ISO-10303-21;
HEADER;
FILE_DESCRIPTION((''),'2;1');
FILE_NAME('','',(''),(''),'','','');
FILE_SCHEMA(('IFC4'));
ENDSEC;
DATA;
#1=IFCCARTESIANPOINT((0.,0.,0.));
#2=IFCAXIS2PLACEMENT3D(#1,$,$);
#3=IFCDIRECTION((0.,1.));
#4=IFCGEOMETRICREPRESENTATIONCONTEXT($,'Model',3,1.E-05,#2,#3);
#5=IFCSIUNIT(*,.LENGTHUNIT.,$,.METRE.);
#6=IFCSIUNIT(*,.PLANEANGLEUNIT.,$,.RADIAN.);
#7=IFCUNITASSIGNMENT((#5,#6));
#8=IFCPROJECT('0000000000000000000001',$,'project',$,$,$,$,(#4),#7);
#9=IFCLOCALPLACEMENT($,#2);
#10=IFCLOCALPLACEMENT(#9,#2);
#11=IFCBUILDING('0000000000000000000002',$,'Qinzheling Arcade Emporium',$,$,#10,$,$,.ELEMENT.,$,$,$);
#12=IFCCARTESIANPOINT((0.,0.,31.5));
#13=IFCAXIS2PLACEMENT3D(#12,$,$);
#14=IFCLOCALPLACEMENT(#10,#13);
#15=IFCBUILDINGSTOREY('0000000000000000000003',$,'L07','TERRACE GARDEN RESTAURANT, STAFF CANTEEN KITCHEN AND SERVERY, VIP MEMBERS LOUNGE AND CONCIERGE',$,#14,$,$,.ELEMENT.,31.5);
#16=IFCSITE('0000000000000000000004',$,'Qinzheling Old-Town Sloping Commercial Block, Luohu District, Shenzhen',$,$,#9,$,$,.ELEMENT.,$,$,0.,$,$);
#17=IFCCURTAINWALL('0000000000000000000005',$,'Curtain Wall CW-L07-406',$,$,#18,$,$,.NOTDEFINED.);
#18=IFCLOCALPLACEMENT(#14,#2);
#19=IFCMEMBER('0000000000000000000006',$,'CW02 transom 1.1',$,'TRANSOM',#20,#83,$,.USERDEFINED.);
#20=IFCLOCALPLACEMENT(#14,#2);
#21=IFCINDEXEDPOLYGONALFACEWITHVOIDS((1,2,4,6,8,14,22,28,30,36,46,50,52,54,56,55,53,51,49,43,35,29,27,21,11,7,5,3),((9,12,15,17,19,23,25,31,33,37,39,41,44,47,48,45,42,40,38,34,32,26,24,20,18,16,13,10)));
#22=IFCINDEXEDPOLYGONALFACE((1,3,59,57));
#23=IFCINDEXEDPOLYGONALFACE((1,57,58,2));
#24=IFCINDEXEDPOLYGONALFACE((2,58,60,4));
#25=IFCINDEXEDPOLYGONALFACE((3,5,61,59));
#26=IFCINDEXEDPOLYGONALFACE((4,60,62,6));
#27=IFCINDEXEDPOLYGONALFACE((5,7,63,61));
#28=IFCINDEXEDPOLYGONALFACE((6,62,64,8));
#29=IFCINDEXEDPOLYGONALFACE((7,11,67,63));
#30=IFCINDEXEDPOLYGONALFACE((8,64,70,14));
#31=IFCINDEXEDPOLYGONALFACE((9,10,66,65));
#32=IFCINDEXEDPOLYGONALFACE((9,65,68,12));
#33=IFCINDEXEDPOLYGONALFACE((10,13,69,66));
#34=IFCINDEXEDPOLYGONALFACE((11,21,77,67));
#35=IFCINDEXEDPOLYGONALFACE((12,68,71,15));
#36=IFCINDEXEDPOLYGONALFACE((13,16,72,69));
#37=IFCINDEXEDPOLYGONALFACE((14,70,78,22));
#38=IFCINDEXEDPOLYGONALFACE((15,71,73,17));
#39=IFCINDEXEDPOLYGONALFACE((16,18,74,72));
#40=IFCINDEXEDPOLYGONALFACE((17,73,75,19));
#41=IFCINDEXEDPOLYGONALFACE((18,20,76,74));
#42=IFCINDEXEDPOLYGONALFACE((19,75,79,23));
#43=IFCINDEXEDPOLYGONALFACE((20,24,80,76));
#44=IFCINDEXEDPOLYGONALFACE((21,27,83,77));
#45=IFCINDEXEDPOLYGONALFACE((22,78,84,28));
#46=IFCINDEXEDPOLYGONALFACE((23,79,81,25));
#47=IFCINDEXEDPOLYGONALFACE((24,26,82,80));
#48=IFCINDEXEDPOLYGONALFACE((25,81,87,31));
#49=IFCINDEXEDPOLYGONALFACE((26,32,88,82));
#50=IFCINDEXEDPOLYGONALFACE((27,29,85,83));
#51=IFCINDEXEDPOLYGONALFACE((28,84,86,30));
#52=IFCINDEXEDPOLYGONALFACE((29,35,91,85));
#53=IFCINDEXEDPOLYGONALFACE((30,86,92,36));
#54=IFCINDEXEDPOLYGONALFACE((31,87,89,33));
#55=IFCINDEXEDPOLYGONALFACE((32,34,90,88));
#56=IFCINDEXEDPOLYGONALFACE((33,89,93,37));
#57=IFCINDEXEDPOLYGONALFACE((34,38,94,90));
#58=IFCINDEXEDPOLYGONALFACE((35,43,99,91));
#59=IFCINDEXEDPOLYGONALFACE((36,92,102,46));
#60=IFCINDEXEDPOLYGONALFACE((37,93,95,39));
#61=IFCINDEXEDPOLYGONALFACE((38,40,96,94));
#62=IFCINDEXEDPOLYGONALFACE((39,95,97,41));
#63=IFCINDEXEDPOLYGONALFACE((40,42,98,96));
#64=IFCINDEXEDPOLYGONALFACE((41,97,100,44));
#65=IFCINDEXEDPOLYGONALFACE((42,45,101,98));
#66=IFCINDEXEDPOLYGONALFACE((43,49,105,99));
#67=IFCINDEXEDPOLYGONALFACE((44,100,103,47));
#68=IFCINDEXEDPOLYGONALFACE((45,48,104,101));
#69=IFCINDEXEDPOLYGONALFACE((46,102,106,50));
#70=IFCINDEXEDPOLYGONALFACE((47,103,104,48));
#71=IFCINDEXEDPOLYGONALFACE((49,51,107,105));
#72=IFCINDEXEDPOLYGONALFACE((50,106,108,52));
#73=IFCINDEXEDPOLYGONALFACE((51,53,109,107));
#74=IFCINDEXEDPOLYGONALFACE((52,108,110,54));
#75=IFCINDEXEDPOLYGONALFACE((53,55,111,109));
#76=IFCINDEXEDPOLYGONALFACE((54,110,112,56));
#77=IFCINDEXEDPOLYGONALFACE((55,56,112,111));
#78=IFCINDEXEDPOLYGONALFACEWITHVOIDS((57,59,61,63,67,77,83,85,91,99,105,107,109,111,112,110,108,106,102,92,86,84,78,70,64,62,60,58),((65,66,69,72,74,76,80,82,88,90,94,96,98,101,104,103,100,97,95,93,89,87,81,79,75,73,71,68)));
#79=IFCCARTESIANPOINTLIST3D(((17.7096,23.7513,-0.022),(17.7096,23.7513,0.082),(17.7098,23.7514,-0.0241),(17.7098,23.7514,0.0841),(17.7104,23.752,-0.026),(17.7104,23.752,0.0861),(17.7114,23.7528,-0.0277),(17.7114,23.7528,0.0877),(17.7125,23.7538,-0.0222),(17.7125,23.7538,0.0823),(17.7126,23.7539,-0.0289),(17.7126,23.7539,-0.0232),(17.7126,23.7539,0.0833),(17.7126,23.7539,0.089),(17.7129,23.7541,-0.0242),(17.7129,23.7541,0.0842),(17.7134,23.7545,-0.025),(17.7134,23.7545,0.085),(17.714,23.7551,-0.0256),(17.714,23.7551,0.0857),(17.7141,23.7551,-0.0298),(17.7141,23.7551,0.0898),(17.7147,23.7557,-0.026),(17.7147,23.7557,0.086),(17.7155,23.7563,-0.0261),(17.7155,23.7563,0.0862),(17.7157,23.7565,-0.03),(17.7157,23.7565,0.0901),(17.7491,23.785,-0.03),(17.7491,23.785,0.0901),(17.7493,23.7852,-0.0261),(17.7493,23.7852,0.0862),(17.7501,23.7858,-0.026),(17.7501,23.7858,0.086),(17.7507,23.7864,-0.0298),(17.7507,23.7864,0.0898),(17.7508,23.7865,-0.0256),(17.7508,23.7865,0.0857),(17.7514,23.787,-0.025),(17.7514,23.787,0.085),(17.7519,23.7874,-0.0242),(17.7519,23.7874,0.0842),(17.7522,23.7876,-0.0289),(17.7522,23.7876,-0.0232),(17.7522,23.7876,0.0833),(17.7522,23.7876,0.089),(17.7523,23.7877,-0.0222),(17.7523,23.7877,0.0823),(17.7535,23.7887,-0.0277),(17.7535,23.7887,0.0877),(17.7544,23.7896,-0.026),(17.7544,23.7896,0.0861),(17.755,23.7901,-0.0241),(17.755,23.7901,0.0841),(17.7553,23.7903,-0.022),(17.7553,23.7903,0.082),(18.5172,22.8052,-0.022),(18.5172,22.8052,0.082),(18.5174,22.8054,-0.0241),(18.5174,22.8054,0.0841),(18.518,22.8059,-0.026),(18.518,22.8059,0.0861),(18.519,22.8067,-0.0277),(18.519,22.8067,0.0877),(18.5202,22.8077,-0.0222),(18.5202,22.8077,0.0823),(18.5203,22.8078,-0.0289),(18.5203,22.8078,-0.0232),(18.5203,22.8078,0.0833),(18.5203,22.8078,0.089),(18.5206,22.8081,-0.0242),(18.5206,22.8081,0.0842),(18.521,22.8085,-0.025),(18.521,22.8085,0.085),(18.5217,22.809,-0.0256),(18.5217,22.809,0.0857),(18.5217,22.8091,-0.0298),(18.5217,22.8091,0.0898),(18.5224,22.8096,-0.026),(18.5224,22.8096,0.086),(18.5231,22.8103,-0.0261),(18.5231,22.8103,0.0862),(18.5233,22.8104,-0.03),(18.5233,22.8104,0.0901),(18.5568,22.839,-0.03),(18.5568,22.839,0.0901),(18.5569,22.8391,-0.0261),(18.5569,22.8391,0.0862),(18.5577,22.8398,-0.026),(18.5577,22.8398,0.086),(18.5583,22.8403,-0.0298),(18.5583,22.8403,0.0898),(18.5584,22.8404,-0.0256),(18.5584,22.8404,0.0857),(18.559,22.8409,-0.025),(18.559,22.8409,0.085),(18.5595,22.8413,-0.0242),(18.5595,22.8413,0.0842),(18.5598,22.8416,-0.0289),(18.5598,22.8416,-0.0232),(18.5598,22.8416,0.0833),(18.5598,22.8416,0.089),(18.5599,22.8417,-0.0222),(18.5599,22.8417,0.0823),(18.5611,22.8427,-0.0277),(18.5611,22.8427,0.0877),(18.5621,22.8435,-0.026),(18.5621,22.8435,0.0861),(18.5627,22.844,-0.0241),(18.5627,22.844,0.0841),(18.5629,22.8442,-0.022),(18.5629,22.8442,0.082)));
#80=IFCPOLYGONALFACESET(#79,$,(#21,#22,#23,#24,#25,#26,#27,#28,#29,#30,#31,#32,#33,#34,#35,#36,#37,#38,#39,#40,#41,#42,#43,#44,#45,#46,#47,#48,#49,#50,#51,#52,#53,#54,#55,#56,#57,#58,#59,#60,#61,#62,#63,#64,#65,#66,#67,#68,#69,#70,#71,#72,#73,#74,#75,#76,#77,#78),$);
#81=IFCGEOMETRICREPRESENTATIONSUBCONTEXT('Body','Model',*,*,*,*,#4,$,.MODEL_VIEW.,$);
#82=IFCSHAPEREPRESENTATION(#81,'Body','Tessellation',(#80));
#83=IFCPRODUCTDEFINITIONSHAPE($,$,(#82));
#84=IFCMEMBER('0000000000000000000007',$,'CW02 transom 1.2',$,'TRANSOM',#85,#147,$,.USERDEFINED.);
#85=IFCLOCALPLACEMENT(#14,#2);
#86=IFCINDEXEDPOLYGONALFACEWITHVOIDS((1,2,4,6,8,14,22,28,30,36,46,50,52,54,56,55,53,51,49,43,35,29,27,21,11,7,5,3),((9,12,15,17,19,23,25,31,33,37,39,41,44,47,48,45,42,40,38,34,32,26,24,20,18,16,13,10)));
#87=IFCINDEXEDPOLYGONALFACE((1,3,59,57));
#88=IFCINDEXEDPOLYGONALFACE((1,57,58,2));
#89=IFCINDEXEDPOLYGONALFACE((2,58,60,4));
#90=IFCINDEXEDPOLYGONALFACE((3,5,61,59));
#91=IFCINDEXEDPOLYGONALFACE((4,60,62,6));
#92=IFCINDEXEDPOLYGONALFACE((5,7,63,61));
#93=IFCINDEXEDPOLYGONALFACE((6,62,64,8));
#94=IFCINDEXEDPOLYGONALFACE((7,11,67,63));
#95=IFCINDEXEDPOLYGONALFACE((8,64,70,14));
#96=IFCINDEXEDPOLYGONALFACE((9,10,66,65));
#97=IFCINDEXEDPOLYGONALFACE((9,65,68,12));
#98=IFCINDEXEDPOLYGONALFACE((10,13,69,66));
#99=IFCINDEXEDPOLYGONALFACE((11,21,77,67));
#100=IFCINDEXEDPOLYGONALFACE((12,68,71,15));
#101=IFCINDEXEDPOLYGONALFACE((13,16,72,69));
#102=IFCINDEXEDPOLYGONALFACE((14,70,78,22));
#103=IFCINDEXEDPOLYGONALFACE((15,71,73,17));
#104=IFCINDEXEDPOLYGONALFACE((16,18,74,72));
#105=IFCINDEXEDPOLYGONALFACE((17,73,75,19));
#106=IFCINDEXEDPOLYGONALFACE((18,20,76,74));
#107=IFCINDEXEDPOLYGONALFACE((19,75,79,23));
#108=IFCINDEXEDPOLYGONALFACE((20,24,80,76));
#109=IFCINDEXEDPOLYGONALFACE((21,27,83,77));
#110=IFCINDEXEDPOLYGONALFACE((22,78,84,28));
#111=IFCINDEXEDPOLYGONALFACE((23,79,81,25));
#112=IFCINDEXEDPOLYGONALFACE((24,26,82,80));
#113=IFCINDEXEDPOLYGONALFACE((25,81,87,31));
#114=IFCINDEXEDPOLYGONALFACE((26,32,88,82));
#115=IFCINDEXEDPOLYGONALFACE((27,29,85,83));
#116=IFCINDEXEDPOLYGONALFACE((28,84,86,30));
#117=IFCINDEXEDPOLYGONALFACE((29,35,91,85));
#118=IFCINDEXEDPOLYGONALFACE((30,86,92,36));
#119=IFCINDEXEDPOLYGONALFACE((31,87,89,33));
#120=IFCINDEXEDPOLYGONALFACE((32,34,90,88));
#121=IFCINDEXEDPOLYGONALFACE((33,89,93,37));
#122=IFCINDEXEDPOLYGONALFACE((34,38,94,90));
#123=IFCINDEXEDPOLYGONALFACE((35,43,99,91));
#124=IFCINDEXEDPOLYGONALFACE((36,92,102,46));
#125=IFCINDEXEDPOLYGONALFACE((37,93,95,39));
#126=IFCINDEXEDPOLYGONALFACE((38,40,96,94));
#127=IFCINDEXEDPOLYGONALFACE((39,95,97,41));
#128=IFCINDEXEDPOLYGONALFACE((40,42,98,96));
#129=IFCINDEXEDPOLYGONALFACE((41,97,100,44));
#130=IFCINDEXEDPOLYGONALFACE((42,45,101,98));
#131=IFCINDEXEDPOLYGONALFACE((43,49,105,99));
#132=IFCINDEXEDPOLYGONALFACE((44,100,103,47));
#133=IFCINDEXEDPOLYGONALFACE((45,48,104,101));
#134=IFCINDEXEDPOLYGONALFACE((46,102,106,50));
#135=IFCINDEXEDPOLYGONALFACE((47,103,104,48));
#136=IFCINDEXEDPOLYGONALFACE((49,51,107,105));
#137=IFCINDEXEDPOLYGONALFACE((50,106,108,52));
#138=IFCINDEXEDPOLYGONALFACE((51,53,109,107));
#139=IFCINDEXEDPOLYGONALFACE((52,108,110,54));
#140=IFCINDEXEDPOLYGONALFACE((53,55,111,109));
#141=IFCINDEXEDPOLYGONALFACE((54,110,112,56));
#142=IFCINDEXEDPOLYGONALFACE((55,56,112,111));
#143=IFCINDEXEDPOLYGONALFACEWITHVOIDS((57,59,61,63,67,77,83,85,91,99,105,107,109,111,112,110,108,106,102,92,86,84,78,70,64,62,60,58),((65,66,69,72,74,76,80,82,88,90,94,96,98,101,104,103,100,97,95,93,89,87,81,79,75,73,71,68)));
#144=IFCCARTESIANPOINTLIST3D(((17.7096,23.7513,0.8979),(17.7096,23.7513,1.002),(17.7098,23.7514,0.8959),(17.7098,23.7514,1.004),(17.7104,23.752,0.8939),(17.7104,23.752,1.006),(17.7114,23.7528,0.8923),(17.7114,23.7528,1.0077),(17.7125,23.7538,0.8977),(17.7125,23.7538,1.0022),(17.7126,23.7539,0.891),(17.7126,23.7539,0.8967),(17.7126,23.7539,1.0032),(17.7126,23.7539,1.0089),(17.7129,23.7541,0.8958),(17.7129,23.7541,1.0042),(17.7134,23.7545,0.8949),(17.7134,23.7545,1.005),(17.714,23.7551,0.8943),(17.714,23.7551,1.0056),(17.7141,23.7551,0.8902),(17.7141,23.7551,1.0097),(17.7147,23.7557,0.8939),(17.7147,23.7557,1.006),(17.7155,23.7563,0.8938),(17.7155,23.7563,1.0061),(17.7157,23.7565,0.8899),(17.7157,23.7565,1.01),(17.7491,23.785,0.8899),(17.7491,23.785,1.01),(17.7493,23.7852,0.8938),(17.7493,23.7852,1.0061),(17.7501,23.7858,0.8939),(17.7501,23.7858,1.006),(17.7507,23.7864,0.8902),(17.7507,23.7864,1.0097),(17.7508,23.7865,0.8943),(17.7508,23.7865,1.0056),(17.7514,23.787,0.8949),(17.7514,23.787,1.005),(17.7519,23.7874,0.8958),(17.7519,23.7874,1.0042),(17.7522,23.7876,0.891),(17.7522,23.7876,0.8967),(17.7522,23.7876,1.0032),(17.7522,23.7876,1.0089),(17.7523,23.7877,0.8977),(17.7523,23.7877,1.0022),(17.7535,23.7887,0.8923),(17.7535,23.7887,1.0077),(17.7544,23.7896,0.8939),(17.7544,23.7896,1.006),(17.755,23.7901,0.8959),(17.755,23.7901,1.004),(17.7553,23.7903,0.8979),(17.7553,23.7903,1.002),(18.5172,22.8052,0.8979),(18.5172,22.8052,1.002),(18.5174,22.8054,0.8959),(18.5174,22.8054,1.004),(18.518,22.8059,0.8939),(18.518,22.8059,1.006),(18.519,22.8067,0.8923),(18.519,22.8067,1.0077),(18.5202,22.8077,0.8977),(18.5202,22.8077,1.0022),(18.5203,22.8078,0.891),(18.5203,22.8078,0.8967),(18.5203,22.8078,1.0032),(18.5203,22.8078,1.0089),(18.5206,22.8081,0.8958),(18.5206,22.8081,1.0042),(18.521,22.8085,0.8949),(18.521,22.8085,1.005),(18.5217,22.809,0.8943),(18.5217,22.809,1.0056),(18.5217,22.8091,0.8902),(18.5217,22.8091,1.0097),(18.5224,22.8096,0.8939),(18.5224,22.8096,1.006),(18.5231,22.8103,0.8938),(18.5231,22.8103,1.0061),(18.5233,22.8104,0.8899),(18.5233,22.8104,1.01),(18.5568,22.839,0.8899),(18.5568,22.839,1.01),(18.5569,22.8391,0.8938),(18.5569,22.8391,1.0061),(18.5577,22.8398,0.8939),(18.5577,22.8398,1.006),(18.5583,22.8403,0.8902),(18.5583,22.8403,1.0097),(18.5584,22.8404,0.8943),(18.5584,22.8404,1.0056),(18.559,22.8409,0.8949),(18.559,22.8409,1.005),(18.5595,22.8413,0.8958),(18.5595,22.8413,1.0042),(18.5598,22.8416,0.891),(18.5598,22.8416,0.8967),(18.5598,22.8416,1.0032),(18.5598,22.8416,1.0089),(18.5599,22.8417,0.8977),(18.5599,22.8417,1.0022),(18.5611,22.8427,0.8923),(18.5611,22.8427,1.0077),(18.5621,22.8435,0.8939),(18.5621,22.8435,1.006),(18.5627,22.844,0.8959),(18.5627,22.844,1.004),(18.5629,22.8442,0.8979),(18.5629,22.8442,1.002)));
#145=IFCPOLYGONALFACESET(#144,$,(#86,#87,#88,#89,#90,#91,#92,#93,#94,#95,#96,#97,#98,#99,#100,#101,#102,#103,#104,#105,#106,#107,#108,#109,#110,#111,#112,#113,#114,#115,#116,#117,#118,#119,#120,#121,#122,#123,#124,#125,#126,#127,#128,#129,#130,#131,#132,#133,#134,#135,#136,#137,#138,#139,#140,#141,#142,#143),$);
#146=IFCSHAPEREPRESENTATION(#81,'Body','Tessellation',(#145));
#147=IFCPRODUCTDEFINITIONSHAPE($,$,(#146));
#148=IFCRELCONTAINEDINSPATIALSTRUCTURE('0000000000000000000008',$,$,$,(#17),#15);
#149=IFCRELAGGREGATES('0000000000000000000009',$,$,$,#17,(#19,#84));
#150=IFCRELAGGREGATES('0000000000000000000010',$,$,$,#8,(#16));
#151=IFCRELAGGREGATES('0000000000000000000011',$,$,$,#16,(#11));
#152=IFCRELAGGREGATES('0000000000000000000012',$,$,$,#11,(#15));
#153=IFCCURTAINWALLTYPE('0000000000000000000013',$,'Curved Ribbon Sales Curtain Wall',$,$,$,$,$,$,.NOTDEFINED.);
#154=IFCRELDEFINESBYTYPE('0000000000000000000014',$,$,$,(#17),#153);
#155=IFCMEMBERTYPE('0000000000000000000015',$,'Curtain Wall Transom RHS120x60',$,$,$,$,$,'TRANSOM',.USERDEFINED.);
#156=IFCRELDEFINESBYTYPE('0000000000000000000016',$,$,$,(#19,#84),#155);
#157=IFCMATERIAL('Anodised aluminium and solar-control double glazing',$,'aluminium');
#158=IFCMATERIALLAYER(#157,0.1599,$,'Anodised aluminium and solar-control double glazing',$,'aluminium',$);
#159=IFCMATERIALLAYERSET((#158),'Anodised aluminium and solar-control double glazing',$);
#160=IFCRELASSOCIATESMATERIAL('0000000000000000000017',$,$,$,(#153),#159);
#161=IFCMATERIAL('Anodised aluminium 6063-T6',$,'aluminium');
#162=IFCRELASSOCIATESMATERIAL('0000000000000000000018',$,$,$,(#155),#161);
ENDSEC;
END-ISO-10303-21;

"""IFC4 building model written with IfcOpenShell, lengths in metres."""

from ifc_helpers import new_model, si_unit, direction, frame, origin, origin_2d, place, context, subcontext, project, spatial, hollow_rectangle, extrude, material, layer, layer_set, material_profile, profile_set, type_object, element, aggregate, save


model = new_model("IFC4")

# Units and contexts
model_context = context("Model", 3, precision=1e-05, world=origin(), true_north=direction((0.0, 1.0)))
body_context = subcontext(model_context, "Body", "Model", "MODEL_VIEW")
ifc_project = project(units=[si_unit("LENGTHUNIT", "METRE"), si_unit("PLANEANGLEUNIT", "RADIAN")], contexts=[model_context])

# Site, building, storey
site_placement = place(None, origin())
site = spatial("IfcSite", under=ifc_project, at=site_placement, Name="Qinzheling Old-Town Sloping Commercial Block, Luohu District, Shenzhen", CompositionType="ELEMENT", RefElevation=0.0)
building_placement = place(site_placement, origin())
building = spatial("IfcBuilding", under=site, at=building_placement, Name="Qinzheling Arcade Emporium", CompositionType="ELEMENT")
storey_placement = place(building_placement, frame((0.0, 0.0, 31.5)))
storey = spatial("IfcBuildingStorey", under=building, at=storey_placement, Name="L07", Description="TERRACE GARDEN RESTAURANT, STAFF CANTEEN KITCHEN AND SERVERY, VIP MEMBERS LOUNGE AND CONCIERGE", CompositionType="ELEMENT", Elevation=31.5)

# Curtain wall, members
ifc_material_1 = material(Name="Anodised aluminium and solar-control double glazing", Category="aluminium")
ifc_layer_1 = layer(ifc_material_1, 0.1599, Name="Anodised aluminium and solar-control double glazing", Category="aluminium")
ifc_layer_set_1 = layer_set([ifc_layer_1], Name="Anodised aluminium and solar-control double glazing")
curtain_wall_type = type_object("IfcCurtainWallType", Name="Curved Ribbon Sales Curtain Wall", PredefinedType="NOTDEFINED", material=ifc_layer_set_1)
curtain_wall_placement = place(storey_placement, origin())
curtain_wall = element("IfcCurtainWall", 1, at=curtain_wall_placement, inside=storey, type_object=curtain_wall_type, Name="Curtain Wall CW-L07-406", PredefinedType="NOTDEFINED")
ifc_material_2 = material(Name="Anodised aluminium 6063-T6", Category="aluminium")
ifc_material_profile_1 = material_profile(ifc_material_2, hollow_rectangle(XDim=0.0601, YDim=0.1201, WallThickness=0.0039, InnerFilletRadius=0.0039, OuterFilletRadius=0.0081, at=origin_2d()), Name="RHS 120x60x4", Category="aluminium")
ifc_profile_set_1 = profile_set([ifc_material_profile_1], Name="Anodised aluminium 6063-T6")
member_type_1 = type_object("IfcMemberType", Name="Curtain Wall Transom RHS120x60", ElementType="TRANSOM", PredefinedType="USERDEFINED", material=ifc_profile_set_1)
member_1_placement = place(storey_placement, frame((18.54, 22.8247, 0.03), z_axis=(-0.649271, 0.760557, 0.0), x_axis=(-0.760557, -0.649271, 0.0)))
member_1 = element("IfcMember", 2, at=member_1_placement, type_object=member_type_1, Name="CW02 transom 1.1", ObjectType="TRANSOM", PredefinedType="USERDEFINED", context=body_context, shape_type="SweptSolid", body=[
    extrude(hollow_rectangle(XDim=0.0601, YDim=0.1201, WallThickness=0.0039, InnerFilletRadius=0.0039, OuterFilletRadius=0.0081, at=origin_2d()), origin(), (0.0, 0.0, 1.0), 1.2439),
])
member_2_placement = place(storey_placement, frame((18.54, 22.8247, 0.95), z_axis=(-0.649271, 0.760557, 0.0), x_axis=(-0.760557, -0.649271, 0.0)))
member_2 = element("IfcMember", 3, at=member_2_placement, type_object=member_type_1, Name="CW02 transom 1.2", ObjectType="TRANSOM", PredefinedType="USERDEFINED", context=body_context, shape_type="SweptSolid", body=[
    extrude(hollow_rectangle(XDim=0.0601, YDim=0.1201, WallThickness=0.0039, InnerFilletRadius=0.0039, OuterFilletRadius=0.0081, at=origin_2d()), origin(), (0.0, 0.0, 1.0), 1.2439),
])

aggregate(curtain_wall, [member_1, member_2])

save(model, "model.ifc")
